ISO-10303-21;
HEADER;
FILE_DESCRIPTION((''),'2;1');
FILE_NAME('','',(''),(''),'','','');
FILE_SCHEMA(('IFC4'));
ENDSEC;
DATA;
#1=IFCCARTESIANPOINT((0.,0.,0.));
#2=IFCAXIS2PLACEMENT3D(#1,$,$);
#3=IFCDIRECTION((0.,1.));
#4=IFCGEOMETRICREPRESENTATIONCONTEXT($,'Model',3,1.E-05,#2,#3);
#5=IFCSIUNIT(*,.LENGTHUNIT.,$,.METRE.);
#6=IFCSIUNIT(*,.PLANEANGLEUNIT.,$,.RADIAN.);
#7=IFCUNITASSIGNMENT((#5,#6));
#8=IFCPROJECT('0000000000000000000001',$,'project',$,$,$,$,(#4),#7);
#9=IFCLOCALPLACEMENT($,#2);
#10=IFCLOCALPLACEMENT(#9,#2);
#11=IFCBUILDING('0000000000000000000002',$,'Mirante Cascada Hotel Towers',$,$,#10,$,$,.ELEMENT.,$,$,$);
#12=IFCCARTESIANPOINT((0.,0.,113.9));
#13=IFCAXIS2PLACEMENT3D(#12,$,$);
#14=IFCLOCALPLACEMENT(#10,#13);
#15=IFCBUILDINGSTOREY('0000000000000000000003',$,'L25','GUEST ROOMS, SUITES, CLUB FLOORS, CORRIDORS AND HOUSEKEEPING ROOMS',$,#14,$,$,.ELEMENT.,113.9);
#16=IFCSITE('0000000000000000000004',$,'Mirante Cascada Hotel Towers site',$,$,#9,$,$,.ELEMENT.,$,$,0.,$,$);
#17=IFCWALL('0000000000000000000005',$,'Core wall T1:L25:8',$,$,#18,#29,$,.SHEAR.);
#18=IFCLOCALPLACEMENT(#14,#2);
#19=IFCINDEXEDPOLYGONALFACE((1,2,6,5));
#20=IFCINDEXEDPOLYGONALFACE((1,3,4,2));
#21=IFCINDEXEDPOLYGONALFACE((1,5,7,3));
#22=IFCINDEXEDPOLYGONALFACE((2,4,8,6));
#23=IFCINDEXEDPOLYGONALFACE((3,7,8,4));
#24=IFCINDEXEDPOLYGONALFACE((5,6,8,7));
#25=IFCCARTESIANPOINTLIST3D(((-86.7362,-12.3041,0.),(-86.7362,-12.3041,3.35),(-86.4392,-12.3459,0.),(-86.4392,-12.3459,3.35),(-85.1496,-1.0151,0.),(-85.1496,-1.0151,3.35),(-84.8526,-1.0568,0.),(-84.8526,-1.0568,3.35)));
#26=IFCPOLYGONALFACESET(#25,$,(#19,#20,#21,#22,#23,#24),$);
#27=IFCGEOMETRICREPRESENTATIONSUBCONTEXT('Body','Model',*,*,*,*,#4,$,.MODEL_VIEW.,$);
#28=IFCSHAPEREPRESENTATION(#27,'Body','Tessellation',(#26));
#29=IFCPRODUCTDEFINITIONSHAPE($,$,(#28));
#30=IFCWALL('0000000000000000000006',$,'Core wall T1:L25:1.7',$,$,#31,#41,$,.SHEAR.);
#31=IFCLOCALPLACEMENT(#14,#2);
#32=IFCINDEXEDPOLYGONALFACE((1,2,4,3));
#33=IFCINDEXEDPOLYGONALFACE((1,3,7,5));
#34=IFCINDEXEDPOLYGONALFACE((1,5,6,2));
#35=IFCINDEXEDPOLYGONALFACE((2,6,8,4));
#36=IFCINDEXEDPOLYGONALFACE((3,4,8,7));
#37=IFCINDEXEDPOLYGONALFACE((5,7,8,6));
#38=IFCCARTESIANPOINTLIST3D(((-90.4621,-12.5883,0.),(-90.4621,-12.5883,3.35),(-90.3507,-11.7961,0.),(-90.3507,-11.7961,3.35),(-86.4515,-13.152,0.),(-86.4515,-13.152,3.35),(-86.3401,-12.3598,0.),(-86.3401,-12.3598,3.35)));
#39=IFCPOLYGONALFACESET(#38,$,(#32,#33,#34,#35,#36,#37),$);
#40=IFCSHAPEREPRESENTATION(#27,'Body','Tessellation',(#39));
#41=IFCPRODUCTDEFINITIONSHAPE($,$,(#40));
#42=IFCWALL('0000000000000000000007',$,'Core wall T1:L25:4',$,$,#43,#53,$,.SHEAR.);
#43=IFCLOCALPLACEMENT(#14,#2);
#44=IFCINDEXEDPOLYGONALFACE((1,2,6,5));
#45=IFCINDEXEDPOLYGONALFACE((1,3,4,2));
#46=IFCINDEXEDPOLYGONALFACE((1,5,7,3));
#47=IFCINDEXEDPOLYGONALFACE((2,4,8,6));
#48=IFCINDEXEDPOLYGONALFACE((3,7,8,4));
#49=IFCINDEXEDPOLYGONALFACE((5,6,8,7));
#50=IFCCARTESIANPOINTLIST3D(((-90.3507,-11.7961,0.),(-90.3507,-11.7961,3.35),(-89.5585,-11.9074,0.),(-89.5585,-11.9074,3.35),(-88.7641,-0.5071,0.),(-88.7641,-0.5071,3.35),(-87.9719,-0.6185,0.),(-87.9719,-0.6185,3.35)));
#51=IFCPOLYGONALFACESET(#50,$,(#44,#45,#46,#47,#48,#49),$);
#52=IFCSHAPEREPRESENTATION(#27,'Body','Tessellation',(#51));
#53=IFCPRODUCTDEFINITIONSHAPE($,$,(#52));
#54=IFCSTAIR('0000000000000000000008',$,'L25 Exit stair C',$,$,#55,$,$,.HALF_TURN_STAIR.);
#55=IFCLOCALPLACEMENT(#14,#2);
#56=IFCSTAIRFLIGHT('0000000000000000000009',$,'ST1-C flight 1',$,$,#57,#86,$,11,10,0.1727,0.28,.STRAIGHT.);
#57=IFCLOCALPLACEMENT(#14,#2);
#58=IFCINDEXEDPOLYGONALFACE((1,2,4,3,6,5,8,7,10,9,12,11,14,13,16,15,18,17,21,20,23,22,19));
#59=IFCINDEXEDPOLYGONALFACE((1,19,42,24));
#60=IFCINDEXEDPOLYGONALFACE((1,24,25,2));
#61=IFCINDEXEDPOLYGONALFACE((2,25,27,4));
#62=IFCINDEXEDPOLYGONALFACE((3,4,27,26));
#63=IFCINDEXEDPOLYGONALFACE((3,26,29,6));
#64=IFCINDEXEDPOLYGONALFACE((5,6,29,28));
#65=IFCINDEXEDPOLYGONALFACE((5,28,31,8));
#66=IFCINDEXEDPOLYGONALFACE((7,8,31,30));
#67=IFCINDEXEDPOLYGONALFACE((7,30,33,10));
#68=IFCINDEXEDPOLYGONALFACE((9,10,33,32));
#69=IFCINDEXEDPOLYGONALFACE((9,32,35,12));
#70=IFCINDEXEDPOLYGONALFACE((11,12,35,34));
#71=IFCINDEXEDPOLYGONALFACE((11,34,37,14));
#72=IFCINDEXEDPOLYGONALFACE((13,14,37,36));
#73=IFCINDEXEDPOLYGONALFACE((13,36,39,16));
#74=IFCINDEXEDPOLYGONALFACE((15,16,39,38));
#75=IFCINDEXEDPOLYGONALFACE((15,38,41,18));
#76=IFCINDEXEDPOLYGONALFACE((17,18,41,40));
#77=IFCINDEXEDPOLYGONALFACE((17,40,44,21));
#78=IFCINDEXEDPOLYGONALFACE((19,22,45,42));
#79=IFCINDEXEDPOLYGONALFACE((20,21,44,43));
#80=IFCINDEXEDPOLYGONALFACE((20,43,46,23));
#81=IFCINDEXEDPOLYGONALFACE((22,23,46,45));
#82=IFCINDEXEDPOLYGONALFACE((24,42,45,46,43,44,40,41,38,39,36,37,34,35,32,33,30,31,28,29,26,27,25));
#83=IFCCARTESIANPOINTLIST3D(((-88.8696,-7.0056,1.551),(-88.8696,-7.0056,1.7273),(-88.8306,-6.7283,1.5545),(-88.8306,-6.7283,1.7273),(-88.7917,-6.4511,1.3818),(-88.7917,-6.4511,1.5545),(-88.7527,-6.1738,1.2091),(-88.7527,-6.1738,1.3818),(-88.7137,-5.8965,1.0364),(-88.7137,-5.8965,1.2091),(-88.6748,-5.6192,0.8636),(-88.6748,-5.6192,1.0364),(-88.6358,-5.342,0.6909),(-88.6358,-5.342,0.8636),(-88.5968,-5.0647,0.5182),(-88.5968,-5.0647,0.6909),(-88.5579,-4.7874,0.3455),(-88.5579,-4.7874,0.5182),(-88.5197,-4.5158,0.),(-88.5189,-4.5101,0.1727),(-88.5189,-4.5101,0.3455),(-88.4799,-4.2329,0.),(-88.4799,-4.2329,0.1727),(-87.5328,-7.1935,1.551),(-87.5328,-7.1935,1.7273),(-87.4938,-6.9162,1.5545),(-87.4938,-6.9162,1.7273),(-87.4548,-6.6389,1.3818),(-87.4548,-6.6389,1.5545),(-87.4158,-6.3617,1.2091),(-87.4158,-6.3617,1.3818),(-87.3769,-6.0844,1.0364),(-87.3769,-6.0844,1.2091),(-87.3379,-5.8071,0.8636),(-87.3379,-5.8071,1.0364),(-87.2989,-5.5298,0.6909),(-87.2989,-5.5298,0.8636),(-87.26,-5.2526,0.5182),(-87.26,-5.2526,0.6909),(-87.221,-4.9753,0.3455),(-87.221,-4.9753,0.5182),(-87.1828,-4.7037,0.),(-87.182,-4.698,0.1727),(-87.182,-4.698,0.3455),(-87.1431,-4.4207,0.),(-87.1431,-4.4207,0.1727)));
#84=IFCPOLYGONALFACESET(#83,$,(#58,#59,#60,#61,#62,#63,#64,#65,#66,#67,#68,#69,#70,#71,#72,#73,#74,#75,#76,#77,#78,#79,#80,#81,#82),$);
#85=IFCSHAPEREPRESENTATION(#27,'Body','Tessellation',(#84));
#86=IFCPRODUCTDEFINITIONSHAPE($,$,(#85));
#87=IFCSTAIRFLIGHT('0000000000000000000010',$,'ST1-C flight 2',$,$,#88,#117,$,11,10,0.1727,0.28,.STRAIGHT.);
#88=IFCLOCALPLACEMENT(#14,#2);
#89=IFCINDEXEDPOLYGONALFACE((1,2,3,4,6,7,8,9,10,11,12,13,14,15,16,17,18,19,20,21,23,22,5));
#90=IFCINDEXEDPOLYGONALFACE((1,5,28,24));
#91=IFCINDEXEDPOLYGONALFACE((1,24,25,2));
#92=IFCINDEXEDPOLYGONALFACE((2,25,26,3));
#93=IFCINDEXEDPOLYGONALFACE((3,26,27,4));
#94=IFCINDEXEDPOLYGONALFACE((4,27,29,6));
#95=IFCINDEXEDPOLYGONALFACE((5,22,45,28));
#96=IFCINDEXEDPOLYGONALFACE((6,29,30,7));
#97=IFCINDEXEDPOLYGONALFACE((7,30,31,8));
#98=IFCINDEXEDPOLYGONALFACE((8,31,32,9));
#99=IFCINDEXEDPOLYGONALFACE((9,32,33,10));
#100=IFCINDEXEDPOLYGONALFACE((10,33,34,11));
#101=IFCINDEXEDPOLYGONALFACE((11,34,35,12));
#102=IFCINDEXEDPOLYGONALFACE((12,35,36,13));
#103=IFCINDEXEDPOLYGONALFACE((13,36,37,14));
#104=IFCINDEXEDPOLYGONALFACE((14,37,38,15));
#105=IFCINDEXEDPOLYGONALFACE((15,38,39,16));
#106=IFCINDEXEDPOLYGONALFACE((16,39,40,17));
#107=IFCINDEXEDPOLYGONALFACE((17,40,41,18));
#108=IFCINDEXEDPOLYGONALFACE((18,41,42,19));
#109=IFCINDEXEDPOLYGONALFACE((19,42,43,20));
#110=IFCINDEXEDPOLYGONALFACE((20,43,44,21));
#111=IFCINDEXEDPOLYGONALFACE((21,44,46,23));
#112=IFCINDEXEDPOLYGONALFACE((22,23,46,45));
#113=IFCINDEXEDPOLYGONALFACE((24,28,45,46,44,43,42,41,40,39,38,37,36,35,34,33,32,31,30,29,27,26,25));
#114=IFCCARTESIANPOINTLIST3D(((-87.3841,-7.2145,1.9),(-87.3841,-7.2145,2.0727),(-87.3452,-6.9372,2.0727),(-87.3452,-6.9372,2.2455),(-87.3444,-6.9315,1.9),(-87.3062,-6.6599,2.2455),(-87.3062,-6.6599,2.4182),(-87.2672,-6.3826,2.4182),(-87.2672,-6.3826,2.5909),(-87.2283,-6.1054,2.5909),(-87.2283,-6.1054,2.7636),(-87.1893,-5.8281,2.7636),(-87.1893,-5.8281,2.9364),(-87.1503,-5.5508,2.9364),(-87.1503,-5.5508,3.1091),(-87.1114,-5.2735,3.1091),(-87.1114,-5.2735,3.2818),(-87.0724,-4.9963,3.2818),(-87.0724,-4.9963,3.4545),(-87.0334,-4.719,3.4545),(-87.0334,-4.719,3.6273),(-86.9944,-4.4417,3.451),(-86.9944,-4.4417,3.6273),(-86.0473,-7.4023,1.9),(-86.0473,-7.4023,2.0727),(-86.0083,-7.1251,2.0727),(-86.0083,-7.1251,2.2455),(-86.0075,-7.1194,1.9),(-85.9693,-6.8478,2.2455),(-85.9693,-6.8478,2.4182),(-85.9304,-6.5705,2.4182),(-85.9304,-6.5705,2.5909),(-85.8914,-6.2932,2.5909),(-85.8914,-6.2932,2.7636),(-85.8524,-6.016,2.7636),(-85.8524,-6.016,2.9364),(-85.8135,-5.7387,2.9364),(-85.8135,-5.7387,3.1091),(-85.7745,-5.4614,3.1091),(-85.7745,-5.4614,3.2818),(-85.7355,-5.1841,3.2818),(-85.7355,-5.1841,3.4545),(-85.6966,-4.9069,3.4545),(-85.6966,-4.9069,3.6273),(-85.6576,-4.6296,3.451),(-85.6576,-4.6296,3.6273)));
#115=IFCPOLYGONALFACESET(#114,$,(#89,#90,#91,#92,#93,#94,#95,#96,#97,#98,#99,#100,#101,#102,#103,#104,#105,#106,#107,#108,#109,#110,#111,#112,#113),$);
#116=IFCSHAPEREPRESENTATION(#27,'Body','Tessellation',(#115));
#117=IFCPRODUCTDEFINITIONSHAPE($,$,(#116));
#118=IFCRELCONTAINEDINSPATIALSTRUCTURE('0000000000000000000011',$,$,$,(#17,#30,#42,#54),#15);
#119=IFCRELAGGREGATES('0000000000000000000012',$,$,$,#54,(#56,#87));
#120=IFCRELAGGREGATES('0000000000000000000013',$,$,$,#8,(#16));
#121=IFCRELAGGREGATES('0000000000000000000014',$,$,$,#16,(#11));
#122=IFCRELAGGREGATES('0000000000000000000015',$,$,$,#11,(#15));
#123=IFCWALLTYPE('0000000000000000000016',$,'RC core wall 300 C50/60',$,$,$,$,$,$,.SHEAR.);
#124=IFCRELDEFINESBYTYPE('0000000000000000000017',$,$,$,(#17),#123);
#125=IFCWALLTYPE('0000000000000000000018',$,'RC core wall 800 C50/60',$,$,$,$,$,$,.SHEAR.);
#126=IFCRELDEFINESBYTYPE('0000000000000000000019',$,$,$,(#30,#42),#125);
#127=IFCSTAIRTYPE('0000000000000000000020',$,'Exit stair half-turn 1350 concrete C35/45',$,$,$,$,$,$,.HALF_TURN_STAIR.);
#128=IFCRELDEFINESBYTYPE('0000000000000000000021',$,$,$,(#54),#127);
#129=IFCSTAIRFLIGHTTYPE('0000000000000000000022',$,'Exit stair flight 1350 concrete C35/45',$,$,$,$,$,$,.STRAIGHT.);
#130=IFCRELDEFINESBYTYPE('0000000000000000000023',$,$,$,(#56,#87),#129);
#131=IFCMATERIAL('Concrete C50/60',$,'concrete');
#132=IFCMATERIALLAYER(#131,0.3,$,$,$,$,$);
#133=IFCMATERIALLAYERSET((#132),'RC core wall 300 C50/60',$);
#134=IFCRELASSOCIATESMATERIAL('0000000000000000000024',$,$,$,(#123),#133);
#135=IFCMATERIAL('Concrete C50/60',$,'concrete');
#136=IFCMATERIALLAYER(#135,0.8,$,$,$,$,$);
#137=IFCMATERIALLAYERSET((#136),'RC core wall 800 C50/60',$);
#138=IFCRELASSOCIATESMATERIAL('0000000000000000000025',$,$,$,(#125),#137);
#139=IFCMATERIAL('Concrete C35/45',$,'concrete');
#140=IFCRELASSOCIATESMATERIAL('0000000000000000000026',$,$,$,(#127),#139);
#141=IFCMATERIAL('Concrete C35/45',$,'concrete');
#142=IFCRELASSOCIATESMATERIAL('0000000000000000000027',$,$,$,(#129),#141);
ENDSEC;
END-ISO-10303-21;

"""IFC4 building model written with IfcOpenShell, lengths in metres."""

from ifc_helpers import new_model, si_unit, direction, frame, frame_2d, origin, place, context, subcontext, project, spatial, polyline, rectangle, outline, extrude, material, layer, layer_set, type_object, element, aggregate, save


model = new_model("IFC4")

# Units and contexts
model_context = context("Model", 3, precision=1e-05, world=origin(), true_north=direction((0.0, 1.0)))
body_context = subcontext(model_context, "Body", "Model", "MODEL_VIEW")
ifc_project = project(units=[si_unit("LENGTHUNIT", "METRE"), si_unit("PLANEANGLEUNIT", "RADIAN")], contexts=[model_context])

# Site, building, storey
site_placement = place(None, origin())
site = spatial("IfcSite", under=ifc_project, at=site_placement, Name="Mirante Cascada Hotel Towers site", CompositionType="ELEMENT", RefElevation=0.0)
building_placement = place(site_placement, origin())
building = spatial("IfcBuilding", under=site, at=building_placement, Name="Mirante Cascada Hotel Towers", CompositionType="ELEMENT")
storey_placement = place(building_placement, frame((0.0, 0.0, 113.9)))
storey = spatial("IfcBuildingStorey", under=building, at=storey_placement, Name="L25", Description="GUEST ROOMS, SUITES, CLUB FLOORS, CORRIDORS AND HOUSEKEEPING ROOMS", CompositionType="ELEMENT", Elevation=113.9)

# Walls
ifc_material_1 = material(Name="Concrete C50/60", Category="concrete")
ifc_layer_1 = layer(ifc_material_1, 0.3)
ifc_layer_set_1 = layer_set([ifc_layer_1], Name="RC core wall 300 C50/60")
wall_type_1 = type_object("IfcWallType", Name="RC core wall 300 C50/60", PredefinedType="SHEAR", material=ifc_layer_set_1)
wall_1_placement = place(storey_placement, frame((-86.5877, -12.325, 0.0), z_axis=(0.0, 0.0, 1.0), x_axis=(0.139175, 0.990268, 0.0)))
element("IfcWall", 1, at=wall_1_placement, inside=storey, type_object=wall_type_1, Name="Core wall T1:L25:8", PredefinedType="SHEAR", context=body_context, shape_type="SweptSolid", body=[
    extrude(rectangle(XDim=11.4, YDim=0.3, at=frame_2d((5.7, 0.0))), origin(), (0.0, 0.0, 1.0), 3.35),
])
ifc_material_2 = material(Name="Concrete C50/60", Category="concrete")
ifc_layer_2 = layer(ifc_material_2, 0.8)
ifc_layer_set_2 = layer_set([ifc_layer_2], Name="RC core wall 800 C50/60")
wall_type_2 = type_object("IfcWallType", Name="RC core wall 800 C50/60", PredefinedType="SHEAR", material=ifc_layer_set_2)
wall_2_placement = place(storey_placement, frame((-86.3958, -12.7559, 0.0), z_axis=(0.0, 0.0, 1.0), x_axis=(-0.990267, 0.139184, 0.0)))
element("IfcWall", 2, at=wall_2_placement, inside=storey, type_object=wall_type_2, Name="Core wall T1:L25:1.7", PredefinedType="SHEAR", context=body_context, shape_type="SweptSolid", body=[
    extrude(rectangle(XDim=4.05, YDim=0.8, at=frame_2d((2.025, 0.0))), origin(), (0.0, 0.0, 1.0), 3.35),
])
wall_3_placement = place(storey_placement, frame((-89.9546, -11.8518, 0.0), z_axis=(0.0, 0.0, 1.0), x_axis=(0.139176, 0.990268, 0.0)))
element("IfcWall", 3, at=wall_3_placement, inside=storey, type_object=wall_type_2, Name="Core wall T1:L25:4", PredefinedType="SHEAR", context=body_context, shape_type="SweptSolid", body=[
    extrude(rectangle(XDim=11.3999, YDim=0.8, at=frame_2d((5.7, 0.0))), origin(), (0.0, 0.0, 1.0), 3.35),
])

# Stair, stair flights
ifc_material_3 = material(Name="Concrete C35/45", Category="concrete")
stair_type = type_object("IfcStairType", Name="Exit stair half-turn 1350 concrete C35/45", PredefinedType="HALF_TURN_STAIR", material=ifc_material_3)
stair_placement = place(storey_placement, origin())
stair = element("IfcStair", 4, at=stair_placement, inside=storey, type_object=stair_type, Name="L25 Exit stair C", PredefinedType="HALF_TURN_STAIR")
ifc_material_4 = material(Name="Concrete C35/45", Category="concrete")
stair_flight_type = type_object("IfcStairFlightType", Name="Exit stair flight 1350 concrete C35/45", PredefinedType="STRAIGHT", material=ifc_material_4)
stair_flight_1_placement = place(storey_placement, frame((-87.8115, -4.3268, 0.0), z_axis=(0.0, 0.0, 1.0), x_axis=(-0.139173, -0.990268, 0.0)))
stair_flight_1 = element("IfcStairFlight", 5, at=stair_flight_1_placement, type_object=stair_flight_type, Name="ST1-C flight 1", NumberOfRisers=11, NumberOfTreads=10, PredefinedType="STRAIGHT", RiserHeight=0.1727, TreadLength=0.28, context=body_context, shape_type="SweptSolid", body=[
    extrude(outline(polyline([(0.0, 0.0), (0.0, 0.1727), (0.28, 0.1727), (0.28, 0.3455), (0.56, 0.3455), (0.56, 0.5182), (0.84, 0.5182), (0.84, 0.6909), (1.12, 0.6909), (1.12, 0.8636), (1.4, 0.8636), (1.4, 1.0364), (1.68, 1.0364), (1.68, 1.2091), (1.96, 1.2091), (1.96, 1.3818), (2.24, 1.3818), (2.24, 1.5545), (2.52, 1.5545), (2.52, 1.7273), (2.8, 1.7273), (2.8, 1.9), (2.8, 1.551), (0.2857, 0.0), (0.0, 0.0)])), frame((0.0, 0.675, 0.0), z_axis=(0.0, -1.0, 0.0), x_axis=(1.0, 0.0, 0.0)), (0.0, 0.0, 1.0), 1.35),
])
stair_flight_2_placement = place(storey_placement, frame((-86.7157, -7.3084, 1.9), z_axis=(0.0, 0.0, 1.0), x_axis=(0.139173, 0.990268, 0.0)))
stair_flight_2 = element("IfcStairFlight", 6, at=stair_flight_2_placement, type_object=stair_flight_type, Name="ST1-C flight 2", NumberOfRisers=11, NumberOfTreads=10, PredefinedType="STRAIGHT", RiserHeight=0.1727, TreadLength=0.28, context=body_context, shape_type="SweptSolid", body=[
    extrude(outline(polyline([(0.0, 0.0), (0.0, 0.1727), (0.28, 0.1727), (0.28, 0.3455), (0.56, 0.3455), (0.56, 0.5182), (0.84, 0.5182), (0.84, 0.6909), (1.12, 0.6909), (1.12, 0.8636), (1.4, 0.8636), (1.4, 1.0364), (1.68, 1.0364), (1.68, 1.2091), (1.96, 1.2091), (1.96, 1.3818), (2.24, 1.3818), (2.24, 1.5545), (2.52, 1.5545), (2.52, 1.7273), (2.8, 1.7273), (2.8, 1.9), (2.8, 1.551), (0.2857, 0.0), (0.0, 0.0)])), frame((0.0, 0.675, 0.0), z_axis=(0.0, -1.0, 0.0), x_axis=(1.0, 0.0, 0.0)), (0.0, 0.0, 1.0), 1.35),
])
aggregate(stair, [stair_flight_1, stair_flight_2])

save(model, "model.ifc")
